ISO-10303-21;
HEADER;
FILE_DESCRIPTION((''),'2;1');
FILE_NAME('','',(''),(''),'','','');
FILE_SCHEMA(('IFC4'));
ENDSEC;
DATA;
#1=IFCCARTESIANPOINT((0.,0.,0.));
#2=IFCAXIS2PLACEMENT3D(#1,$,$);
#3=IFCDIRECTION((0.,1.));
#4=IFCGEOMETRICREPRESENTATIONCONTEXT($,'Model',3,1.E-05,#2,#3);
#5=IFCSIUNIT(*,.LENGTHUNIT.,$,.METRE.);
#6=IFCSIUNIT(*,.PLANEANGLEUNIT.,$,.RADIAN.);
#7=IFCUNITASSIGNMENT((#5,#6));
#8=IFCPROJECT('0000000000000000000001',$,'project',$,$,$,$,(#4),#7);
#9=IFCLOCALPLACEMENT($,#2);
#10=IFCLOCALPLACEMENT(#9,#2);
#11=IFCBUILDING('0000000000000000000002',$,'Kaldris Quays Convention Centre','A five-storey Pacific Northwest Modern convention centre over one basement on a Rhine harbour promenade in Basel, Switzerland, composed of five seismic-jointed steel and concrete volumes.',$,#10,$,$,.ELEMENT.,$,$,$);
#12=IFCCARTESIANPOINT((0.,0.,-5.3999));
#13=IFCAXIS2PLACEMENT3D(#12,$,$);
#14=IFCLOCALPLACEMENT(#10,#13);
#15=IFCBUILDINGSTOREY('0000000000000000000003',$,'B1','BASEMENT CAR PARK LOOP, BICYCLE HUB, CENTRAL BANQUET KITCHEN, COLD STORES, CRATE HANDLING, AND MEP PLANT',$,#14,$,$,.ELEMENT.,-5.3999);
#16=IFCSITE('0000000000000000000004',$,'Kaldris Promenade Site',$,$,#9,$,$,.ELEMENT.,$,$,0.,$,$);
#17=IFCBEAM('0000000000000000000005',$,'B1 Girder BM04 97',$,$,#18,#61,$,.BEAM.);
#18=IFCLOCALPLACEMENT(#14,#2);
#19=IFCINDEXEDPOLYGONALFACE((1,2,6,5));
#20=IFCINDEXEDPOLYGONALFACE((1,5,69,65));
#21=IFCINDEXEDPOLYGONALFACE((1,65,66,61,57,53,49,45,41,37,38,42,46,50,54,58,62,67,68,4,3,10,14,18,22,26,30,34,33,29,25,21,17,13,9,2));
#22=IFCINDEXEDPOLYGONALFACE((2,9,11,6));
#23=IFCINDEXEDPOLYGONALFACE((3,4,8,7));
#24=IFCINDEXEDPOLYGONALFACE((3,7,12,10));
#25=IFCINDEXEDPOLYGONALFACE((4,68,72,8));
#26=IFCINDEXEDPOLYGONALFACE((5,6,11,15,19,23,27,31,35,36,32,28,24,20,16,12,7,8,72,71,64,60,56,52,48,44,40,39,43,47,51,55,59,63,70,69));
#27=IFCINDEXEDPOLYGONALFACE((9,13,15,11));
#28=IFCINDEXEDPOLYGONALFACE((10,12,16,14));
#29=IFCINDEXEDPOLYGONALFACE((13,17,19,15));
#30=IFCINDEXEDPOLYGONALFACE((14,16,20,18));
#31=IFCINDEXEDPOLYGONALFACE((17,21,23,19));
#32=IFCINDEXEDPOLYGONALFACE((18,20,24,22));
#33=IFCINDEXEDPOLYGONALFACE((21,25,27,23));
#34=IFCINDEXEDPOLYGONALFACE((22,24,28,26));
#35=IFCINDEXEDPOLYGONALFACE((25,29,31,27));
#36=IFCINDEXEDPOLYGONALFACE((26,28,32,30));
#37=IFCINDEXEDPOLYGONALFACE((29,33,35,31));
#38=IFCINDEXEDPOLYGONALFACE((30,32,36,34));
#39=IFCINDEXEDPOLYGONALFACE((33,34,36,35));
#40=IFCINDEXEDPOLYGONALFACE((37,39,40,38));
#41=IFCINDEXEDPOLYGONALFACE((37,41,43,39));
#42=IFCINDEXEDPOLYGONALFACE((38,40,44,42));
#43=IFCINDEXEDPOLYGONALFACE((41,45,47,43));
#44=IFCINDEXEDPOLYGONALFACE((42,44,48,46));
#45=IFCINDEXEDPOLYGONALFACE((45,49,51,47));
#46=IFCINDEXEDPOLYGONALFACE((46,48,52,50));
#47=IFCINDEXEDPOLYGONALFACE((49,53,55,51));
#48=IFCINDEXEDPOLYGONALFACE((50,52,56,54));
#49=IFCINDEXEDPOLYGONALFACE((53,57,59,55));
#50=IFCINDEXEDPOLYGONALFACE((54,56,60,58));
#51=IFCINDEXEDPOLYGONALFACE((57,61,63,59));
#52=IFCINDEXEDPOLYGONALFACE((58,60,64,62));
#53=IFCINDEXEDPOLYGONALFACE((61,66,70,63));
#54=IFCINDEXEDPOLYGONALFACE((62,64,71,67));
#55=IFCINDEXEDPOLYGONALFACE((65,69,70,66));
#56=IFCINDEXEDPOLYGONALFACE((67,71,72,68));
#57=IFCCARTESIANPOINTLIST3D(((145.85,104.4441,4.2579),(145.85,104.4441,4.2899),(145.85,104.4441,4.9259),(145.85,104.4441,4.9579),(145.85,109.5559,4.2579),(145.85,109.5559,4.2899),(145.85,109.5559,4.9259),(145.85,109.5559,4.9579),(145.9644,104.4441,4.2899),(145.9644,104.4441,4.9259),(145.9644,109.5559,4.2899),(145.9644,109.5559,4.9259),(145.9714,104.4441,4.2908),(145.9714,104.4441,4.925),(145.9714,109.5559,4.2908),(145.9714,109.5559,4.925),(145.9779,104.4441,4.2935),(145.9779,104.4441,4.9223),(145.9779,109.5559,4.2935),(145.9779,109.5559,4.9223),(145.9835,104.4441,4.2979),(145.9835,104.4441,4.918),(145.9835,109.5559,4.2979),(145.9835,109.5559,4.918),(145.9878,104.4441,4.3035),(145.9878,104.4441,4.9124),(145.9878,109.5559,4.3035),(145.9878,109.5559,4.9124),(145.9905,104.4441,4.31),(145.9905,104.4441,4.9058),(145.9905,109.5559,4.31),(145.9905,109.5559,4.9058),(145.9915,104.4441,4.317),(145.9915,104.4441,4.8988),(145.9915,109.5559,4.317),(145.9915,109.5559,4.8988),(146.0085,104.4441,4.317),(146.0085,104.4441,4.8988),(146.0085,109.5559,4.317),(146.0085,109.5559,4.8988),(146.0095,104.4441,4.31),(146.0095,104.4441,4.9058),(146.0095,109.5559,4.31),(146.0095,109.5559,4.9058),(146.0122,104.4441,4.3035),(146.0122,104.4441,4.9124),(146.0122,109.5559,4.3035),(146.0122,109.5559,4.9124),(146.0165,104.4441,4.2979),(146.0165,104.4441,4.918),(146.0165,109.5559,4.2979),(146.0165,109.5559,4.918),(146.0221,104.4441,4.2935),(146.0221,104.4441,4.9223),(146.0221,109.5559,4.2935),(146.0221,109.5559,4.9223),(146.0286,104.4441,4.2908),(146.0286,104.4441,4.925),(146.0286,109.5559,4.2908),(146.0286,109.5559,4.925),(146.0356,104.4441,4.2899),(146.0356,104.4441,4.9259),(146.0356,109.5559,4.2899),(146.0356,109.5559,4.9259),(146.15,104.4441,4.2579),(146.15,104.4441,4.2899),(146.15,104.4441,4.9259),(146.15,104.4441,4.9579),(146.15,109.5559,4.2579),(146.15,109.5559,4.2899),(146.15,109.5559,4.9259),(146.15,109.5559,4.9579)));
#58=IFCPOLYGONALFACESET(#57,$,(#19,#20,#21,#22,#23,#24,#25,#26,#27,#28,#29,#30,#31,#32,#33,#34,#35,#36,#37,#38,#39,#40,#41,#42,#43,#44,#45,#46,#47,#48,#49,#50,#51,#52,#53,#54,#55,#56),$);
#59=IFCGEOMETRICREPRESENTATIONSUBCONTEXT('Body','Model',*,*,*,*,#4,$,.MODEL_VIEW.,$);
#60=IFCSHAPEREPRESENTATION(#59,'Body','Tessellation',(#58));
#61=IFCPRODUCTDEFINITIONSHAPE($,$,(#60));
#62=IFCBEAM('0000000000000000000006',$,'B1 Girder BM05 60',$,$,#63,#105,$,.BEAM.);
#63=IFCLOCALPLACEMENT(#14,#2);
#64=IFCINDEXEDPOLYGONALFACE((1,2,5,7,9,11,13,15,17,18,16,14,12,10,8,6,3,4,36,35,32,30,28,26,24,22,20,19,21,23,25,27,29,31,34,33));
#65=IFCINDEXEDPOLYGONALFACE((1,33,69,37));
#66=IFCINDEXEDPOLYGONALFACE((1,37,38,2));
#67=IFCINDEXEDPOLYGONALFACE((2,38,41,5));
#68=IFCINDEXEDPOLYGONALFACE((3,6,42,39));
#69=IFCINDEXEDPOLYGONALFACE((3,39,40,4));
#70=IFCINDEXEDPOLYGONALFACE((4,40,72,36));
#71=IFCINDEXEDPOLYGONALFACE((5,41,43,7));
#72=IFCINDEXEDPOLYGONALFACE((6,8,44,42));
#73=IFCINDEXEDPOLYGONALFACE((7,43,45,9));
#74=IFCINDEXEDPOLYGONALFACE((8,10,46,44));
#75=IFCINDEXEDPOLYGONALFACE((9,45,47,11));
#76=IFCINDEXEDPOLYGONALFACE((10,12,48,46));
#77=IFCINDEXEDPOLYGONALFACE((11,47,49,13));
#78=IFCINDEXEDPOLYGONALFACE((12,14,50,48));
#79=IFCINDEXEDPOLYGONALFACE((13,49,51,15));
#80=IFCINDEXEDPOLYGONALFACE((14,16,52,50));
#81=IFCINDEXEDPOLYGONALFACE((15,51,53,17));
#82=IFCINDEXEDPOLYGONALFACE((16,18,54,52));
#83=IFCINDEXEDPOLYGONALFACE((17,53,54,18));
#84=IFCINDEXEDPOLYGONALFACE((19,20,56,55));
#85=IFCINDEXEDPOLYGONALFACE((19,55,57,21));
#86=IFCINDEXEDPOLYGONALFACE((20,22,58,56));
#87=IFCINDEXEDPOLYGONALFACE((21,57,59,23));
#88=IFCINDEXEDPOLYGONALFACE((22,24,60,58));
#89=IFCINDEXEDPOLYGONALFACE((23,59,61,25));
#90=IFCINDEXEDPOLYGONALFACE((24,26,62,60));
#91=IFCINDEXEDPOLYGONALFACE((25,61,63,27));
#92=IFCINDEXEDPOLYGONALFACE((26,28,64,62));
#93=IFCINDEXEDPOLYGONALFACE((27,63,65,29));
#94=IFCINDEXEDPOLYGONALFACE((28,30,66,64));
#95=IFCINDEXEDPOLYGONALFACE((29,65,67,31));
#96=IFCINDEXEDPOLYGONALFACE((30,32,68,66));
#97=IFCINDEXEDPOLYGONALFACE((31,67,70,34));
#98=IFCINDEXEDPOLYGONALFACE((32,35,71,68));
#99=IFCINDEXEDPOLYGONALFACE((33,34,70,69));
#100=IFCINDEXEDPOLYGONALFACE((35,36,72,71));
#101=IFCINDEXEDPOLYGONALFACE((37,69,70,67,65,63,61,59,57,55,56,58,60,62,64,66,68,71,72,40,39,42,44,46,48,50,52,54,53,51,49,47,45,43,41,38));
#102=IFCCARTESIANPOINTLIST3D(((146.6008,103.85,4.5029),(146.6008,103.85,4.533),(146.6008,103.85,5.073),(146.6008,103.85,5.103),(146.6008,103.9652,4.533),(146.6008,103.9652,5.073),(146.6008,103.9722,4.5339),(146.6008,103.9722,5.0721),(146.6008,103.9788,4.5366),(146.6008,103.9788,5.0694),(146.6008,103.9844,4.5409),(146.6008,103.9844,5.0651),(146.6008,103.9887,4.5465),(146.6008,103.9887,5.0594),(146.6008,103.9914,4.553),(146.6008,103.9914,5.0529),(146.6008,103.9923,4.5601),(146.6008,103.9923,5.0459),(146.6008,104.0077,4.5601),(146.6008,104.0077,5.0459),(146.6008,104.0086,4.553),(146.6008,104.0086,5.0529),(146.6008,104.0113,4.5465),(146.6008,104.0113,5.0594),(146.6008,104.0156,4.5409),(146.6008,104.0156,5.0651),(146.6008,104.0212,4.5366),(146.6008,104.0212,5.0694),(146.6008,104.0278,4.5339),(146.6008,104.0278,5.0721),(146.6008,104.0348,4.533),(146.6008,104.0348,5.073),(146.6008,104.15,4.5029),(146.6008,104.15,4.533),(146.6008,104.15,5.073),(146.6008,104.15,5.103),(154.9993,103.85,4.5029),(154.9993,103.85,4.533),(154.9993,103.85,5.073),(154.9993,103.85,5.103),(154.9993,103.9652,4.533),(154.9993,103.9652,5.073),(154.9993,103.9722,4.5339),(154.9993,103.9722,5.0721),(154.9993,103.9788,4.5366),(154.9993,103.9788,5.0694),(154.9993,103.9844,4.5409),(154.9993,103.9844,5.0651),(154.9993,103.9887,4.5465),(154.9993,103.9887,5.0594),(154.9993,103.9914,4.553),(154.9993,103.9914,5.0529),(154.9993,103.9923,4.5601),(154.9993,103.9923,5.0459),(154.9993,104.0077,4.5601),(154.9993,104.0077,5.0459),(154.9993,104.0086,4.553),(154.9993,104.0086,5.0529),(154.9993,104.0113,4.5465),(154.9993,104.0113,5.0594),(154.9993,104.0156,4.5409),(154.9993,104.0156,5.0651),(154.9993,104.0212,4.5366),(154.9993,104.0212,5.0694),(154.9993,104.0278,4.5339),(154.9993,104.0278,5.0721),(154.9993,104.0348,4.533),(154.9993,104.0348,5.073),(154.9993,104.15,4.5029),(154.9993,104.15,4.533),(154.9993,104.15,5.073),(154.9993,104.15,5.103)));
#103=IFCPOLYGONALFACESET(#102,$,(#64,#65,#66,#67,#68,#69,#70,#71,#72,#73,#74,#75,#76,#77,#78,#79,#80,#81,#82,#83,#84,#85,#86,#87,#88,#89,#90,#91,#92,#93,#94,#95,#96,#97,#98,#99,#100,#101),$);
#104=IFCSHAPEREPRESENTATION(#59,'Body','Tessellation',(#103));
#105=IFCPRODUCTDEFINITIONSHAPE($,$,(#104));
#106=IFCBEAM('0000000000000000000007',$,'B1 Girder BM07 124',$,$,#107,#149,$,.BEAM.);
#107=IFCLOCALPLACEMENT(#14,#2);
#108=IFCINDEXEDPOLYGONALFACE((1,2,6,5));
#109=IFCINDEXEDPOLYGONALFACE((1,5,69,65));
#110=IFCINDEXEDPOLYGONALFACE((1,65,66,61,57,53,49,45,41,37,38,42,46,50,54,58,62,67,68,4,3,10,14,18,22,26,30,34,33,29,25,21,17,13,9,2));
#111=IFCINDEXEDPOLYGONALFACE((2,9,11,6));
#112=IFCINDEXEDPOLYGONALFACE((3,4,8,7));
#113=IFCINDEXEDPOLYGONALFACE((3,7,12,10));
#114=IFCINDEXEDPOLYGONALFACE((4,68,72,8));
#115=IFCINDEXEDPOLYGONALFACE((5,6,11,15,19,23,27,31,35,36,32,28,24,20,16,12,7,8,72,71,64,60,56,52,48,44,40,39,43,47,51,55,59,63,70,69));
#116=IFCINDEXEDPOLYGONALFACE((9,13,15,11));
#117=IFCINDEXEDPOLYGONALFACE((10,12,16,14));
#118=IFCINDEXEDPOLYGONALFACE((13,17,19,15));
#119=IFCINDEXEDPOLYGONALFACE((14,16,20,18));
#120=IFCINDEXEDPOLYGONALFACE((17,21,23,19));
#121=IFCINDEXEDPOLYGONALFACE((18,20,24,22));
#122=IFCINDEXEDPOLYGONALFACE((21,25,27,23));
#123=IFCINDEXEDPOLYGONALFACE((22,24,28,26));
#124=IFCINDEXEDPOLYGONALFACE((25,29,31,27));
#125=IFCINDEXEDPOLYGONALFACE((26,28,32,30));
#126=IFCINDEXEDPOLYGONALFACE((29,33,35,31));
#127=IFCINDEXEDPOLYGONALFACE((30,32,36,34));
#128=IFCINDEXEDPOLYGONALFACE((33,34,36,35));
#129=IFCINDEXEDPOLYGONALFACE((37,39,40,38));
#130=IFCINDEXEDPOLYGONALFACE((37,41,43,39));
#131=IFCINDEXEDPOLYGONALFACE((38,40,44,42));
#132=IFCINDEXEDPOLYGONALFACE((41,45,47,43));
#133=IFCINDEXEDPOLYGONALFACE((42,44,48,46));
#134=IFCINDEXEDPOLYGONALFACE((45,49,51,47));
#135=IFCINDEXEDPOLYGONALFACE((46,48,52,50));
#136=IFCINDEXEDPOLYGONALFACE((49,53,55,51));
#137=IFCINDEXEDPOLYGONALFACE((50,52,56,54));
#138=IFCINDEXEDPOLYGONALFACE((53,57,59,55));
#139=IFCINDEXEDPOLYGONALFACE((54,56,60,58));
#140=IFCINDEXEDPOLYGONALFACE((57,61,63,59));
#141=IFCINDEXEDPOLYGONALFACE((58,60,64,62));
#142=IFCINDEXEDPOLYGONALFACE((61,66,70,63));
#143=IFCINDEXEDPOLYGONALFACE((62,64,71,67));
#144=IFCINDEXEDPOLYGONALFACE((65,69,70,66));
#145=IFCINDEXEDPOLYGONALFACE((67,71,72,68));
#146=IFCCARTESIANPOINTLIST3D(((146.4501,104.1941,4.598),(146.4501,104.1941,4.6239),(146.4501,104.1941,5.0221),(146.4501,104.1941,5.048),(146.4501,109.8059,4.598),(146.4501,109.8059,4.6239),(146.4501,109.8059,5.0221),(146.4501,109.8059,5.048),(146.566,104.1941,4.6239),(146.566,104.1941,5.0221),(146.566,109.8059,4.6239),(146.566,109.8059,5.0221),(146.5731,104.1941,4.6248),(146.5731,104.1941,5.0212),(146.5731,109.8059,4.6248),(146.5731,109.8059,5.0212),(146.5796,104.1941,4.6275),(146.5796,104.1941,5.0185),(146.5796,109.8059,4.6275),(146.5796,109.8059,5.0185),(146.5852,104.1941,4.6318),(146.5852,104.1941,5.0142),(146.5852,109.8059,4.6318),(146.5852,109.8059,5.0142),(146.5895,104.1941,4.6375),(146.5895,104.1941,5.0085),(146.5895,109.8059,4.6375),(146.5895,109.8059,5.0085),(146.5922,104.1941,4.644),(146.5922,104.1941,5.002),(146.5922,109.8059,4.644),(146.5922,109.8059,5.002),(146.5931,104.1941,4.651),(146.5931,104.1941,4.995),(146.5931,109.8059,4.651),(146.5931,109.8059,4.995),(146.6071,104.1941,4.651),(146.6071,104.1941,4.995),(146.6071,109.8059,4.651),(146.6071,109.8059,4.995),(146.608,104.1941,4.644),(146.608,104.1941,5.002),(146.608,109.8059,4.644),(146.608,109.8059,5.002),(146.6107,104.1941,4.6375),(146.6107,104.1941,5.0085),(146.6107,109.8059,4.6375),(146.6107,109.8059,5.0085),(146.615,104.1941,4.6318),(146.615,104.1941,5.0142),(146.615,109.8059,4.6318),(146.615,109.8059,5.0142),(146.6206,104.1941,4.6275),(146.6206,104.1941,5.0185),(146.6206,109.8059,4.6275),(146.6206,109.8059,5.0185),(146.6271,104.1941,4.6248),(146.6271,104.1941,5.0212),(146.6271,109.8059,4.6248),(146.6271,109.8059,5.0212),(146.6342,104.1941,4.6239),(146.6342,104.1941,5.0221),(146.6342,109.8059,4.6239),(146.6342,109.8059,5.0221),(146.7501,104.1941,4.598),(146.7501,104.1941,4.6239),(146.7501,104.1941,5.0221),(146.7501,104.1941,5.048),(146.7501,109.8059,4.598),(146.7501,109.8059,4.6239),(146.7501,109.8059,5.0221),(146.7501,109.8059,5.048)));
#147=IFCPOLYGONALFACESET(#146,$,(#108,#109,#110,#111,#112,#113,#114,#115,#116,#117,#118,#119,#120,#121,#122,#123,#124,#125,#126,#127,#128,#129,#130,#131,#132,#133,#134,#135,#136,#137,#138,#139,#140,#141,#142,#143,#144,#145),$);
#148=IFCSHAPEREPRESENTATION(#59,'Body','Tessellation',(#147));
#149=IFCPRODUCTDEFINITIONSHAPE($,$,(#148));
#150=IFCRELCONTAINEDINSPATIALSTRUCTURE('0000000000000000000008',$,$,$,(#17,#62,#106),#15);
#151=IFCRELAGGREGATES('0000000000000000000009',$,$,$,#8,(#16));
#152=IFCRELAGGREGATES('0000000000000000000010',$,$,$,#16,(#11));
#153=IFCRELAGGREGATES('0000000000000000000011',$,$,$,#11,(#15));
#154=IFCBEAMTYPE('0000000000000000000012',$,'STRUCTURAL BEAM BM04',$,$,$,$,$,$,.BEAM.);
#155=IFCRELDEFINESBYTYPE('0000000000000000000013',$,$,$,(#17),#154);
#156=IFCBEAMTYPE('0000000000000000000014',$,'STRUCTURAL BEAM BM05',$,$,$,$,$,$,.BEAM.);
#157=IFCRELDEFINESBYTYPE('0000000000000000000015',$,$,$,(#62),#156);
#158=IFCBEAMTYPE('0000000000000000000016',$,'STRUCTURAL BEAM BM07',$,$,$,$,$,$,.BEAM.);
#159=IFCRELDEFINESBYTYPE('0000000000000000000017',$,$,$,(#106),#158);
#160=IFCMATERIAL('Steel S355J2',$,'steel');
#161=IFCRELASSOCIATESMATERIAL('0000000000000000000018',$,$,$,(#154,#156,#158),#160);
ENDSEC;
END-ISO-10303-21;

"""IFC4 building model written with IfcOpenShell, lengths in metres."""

from ifc_helpers import new_model, si_unit, direction, frame, origin, origin_2d, place, context, subcontext, project, spatial, i_section, extrude, material, material_profile, profile_set, type_object, element, save


model = new_model("IFC4")

# Units and contexts
model_context = context("Model", 3, precision=1e-05, world=origin(), true_north=direction((0.0, 1.0)))
body_context = subcontext(model_context, "Body", "Model", "MODEL_VIEW")
ifc_project = project(units=[si_unit("LENGTHUNIT", "METRE"), si_unit("PLANEANGLEUNIT", "RADIAN")], contexts=[model_context])

# Site, building, storey
site_placement = place(None, origin())
site = spatial("IfcSite", under=ifc_project, at=site_placement, Name="Kaldris Promenade Site", CompositionType="ELEMENT", RefElevation=0.0)
building_placement = place(site_placement, origin())
building = spatial("IfcBuilding", under=site, at=building_placement, Name="Kaldris Quays Convention Centre", Description="A five-storey Pacific Northwest Modern convention centre over one basement on a Rhine harbour promenade in Basel, Switzerland, composed of five seismic-jointed steel and concrete volumes.", CompositionType="ELEMENT")
storey_placement = place(building_placement, frame((0.0, 0.0, -5.3999)))
storey = spatial("IfcBuildingStorey", under=building, at=storey_placement, Name="B1", Description="BASEMENT CAR PARK LOOP, BICYCLE HUB, CENTRAL BANQUET KITCHEN, COLD STORES, CRATE HANDLING, AND MEP PLANT", CompositionType="ELEMENT", Elevation=-5.3999)

# Shared definitions
ifc_material_1 = material(Name="Steel S355J2", Category="steel")

# Beams
ifc_material_profile_1 = material_profile(ifc_material_1, i_section(OverallWidth=0.3, OverallDepth=0.7, WebThickness=0.0171, FlangeThickness=0.032, FilletRadius=0.0271, at=origin_2d()), Name="HEB 700")
ifc_profile_set_1 = profile_set([ifc_material_profile_1], Name="Steel S355J2")
beam_type_1 = type_object("IfcBeamType", Name="STRUCTURAL BEAM BM04", PredefinedType="BEAM", material=ifc_profile_set_1)
beam_1_placement = place(storey_placement, frame((146.0, 104.4441, 4.6079), z_axis=(0.0, 1.0, 0.0), x_axis=(-1.0, 0.0, 0.0)))
element("IfcBeam", 1, at=beam_1_placement, inside=storey, type_object=beam_type_1, Name="B1 Girder BM04 97", PredefinedType="BEAM", context=body_context, shape_type="SweptSolid", body=[
    extrude(i_section(OverallWidth=0.3, OverallDepth=0.7, WebThickness=0.0171, FlangeThickness=0.032, FilletRadius=0.0271, at=origin_2d()), origin(), (0.0, 0.0, 1.0), 5.1118),
])
ifc_material_profile_2 = material_profile(ifc_material_1, i_section(OverallWidth=0.3, OverallDepth=0.6001, WebThickness=0.0154, FlangeThickness=0.03, FilletRadius=0.0271, at=origin_2d()), Name="HEB 600")
ifc_profile_set_2 = profile_set([ifc_material_profile_2], Name="Steel S355J2")
beam_type_2 = type_object("IfcBeamType", Name="STRUCTURAL BEAM BM05", PredefinedType="BEAM", material=ifc_profile_set_2)
beam_2_placement = place(storey_placement, frame((146.6008, 104.0, 4.803), z_axis=(1.0, 0.0, 0.0), x_axis=(0.0, 1.0, 0.0)))
element("IfcBeam", 2, at=beam_2_placement, inside=storey, type_object=beam_type_2, Name="B1 Girder BM05 60", PredefinedType="BEAM", context=body_context, shape_type="SweptSolid", body=[
    extrude(i_section(OverallWidth=0.3, OverallDepth=0.6001, WebThickness=0.0154, FlangeThickness=0.03, FilletRadius=0.0271, at=origin_2d()), origin(), (0.0, 0.0, 1.0), 8.3984),
])
ifc_material_profile_3 = material_profile(ifc_material_1, i_section(OverallWidth=0.3, OverallDepth=0.45, WebThickness=0.0139, FlangeThickness=0.0259, FilletRadius=0.0271, at=origin_2d()), Name="HEB 450")
ifc_profile_set_3 = profile_set([ifc_material_profile_3], Name="Steel S355J2")
beam_type_3 = type_object("IfcBeamType", Name="STRUCTURAL BEAM BM07", PredefinedType="BEAM", material=ifc_profile_set_3)
beam_3_placement = place(storey_placement, frame((146.6001, 104.1941, 4.823), z_axis=(0.0, 1.0, 0.0), x_axis=(-1.0, 0.0, 0.0)))
element("IfcBeam", 3, at=beam_3_placement, inside=storey, type_object=beam_type_3, Name="B1 Girder BM07 124", PredefinedType="BEAM", context=body_context, shape_type="SweptSolid", body=[
    extrude(i_section(OverallWidth=0.3, OverallDepth=0.45, WebThickness=0.0139, FlangeThickness=0.0259, FilletRadius=0.0271, at=origin_2d()), origin(), (0.0, 0.0, 1.0), 5.6118),
])

save(model, "model.ifc")
